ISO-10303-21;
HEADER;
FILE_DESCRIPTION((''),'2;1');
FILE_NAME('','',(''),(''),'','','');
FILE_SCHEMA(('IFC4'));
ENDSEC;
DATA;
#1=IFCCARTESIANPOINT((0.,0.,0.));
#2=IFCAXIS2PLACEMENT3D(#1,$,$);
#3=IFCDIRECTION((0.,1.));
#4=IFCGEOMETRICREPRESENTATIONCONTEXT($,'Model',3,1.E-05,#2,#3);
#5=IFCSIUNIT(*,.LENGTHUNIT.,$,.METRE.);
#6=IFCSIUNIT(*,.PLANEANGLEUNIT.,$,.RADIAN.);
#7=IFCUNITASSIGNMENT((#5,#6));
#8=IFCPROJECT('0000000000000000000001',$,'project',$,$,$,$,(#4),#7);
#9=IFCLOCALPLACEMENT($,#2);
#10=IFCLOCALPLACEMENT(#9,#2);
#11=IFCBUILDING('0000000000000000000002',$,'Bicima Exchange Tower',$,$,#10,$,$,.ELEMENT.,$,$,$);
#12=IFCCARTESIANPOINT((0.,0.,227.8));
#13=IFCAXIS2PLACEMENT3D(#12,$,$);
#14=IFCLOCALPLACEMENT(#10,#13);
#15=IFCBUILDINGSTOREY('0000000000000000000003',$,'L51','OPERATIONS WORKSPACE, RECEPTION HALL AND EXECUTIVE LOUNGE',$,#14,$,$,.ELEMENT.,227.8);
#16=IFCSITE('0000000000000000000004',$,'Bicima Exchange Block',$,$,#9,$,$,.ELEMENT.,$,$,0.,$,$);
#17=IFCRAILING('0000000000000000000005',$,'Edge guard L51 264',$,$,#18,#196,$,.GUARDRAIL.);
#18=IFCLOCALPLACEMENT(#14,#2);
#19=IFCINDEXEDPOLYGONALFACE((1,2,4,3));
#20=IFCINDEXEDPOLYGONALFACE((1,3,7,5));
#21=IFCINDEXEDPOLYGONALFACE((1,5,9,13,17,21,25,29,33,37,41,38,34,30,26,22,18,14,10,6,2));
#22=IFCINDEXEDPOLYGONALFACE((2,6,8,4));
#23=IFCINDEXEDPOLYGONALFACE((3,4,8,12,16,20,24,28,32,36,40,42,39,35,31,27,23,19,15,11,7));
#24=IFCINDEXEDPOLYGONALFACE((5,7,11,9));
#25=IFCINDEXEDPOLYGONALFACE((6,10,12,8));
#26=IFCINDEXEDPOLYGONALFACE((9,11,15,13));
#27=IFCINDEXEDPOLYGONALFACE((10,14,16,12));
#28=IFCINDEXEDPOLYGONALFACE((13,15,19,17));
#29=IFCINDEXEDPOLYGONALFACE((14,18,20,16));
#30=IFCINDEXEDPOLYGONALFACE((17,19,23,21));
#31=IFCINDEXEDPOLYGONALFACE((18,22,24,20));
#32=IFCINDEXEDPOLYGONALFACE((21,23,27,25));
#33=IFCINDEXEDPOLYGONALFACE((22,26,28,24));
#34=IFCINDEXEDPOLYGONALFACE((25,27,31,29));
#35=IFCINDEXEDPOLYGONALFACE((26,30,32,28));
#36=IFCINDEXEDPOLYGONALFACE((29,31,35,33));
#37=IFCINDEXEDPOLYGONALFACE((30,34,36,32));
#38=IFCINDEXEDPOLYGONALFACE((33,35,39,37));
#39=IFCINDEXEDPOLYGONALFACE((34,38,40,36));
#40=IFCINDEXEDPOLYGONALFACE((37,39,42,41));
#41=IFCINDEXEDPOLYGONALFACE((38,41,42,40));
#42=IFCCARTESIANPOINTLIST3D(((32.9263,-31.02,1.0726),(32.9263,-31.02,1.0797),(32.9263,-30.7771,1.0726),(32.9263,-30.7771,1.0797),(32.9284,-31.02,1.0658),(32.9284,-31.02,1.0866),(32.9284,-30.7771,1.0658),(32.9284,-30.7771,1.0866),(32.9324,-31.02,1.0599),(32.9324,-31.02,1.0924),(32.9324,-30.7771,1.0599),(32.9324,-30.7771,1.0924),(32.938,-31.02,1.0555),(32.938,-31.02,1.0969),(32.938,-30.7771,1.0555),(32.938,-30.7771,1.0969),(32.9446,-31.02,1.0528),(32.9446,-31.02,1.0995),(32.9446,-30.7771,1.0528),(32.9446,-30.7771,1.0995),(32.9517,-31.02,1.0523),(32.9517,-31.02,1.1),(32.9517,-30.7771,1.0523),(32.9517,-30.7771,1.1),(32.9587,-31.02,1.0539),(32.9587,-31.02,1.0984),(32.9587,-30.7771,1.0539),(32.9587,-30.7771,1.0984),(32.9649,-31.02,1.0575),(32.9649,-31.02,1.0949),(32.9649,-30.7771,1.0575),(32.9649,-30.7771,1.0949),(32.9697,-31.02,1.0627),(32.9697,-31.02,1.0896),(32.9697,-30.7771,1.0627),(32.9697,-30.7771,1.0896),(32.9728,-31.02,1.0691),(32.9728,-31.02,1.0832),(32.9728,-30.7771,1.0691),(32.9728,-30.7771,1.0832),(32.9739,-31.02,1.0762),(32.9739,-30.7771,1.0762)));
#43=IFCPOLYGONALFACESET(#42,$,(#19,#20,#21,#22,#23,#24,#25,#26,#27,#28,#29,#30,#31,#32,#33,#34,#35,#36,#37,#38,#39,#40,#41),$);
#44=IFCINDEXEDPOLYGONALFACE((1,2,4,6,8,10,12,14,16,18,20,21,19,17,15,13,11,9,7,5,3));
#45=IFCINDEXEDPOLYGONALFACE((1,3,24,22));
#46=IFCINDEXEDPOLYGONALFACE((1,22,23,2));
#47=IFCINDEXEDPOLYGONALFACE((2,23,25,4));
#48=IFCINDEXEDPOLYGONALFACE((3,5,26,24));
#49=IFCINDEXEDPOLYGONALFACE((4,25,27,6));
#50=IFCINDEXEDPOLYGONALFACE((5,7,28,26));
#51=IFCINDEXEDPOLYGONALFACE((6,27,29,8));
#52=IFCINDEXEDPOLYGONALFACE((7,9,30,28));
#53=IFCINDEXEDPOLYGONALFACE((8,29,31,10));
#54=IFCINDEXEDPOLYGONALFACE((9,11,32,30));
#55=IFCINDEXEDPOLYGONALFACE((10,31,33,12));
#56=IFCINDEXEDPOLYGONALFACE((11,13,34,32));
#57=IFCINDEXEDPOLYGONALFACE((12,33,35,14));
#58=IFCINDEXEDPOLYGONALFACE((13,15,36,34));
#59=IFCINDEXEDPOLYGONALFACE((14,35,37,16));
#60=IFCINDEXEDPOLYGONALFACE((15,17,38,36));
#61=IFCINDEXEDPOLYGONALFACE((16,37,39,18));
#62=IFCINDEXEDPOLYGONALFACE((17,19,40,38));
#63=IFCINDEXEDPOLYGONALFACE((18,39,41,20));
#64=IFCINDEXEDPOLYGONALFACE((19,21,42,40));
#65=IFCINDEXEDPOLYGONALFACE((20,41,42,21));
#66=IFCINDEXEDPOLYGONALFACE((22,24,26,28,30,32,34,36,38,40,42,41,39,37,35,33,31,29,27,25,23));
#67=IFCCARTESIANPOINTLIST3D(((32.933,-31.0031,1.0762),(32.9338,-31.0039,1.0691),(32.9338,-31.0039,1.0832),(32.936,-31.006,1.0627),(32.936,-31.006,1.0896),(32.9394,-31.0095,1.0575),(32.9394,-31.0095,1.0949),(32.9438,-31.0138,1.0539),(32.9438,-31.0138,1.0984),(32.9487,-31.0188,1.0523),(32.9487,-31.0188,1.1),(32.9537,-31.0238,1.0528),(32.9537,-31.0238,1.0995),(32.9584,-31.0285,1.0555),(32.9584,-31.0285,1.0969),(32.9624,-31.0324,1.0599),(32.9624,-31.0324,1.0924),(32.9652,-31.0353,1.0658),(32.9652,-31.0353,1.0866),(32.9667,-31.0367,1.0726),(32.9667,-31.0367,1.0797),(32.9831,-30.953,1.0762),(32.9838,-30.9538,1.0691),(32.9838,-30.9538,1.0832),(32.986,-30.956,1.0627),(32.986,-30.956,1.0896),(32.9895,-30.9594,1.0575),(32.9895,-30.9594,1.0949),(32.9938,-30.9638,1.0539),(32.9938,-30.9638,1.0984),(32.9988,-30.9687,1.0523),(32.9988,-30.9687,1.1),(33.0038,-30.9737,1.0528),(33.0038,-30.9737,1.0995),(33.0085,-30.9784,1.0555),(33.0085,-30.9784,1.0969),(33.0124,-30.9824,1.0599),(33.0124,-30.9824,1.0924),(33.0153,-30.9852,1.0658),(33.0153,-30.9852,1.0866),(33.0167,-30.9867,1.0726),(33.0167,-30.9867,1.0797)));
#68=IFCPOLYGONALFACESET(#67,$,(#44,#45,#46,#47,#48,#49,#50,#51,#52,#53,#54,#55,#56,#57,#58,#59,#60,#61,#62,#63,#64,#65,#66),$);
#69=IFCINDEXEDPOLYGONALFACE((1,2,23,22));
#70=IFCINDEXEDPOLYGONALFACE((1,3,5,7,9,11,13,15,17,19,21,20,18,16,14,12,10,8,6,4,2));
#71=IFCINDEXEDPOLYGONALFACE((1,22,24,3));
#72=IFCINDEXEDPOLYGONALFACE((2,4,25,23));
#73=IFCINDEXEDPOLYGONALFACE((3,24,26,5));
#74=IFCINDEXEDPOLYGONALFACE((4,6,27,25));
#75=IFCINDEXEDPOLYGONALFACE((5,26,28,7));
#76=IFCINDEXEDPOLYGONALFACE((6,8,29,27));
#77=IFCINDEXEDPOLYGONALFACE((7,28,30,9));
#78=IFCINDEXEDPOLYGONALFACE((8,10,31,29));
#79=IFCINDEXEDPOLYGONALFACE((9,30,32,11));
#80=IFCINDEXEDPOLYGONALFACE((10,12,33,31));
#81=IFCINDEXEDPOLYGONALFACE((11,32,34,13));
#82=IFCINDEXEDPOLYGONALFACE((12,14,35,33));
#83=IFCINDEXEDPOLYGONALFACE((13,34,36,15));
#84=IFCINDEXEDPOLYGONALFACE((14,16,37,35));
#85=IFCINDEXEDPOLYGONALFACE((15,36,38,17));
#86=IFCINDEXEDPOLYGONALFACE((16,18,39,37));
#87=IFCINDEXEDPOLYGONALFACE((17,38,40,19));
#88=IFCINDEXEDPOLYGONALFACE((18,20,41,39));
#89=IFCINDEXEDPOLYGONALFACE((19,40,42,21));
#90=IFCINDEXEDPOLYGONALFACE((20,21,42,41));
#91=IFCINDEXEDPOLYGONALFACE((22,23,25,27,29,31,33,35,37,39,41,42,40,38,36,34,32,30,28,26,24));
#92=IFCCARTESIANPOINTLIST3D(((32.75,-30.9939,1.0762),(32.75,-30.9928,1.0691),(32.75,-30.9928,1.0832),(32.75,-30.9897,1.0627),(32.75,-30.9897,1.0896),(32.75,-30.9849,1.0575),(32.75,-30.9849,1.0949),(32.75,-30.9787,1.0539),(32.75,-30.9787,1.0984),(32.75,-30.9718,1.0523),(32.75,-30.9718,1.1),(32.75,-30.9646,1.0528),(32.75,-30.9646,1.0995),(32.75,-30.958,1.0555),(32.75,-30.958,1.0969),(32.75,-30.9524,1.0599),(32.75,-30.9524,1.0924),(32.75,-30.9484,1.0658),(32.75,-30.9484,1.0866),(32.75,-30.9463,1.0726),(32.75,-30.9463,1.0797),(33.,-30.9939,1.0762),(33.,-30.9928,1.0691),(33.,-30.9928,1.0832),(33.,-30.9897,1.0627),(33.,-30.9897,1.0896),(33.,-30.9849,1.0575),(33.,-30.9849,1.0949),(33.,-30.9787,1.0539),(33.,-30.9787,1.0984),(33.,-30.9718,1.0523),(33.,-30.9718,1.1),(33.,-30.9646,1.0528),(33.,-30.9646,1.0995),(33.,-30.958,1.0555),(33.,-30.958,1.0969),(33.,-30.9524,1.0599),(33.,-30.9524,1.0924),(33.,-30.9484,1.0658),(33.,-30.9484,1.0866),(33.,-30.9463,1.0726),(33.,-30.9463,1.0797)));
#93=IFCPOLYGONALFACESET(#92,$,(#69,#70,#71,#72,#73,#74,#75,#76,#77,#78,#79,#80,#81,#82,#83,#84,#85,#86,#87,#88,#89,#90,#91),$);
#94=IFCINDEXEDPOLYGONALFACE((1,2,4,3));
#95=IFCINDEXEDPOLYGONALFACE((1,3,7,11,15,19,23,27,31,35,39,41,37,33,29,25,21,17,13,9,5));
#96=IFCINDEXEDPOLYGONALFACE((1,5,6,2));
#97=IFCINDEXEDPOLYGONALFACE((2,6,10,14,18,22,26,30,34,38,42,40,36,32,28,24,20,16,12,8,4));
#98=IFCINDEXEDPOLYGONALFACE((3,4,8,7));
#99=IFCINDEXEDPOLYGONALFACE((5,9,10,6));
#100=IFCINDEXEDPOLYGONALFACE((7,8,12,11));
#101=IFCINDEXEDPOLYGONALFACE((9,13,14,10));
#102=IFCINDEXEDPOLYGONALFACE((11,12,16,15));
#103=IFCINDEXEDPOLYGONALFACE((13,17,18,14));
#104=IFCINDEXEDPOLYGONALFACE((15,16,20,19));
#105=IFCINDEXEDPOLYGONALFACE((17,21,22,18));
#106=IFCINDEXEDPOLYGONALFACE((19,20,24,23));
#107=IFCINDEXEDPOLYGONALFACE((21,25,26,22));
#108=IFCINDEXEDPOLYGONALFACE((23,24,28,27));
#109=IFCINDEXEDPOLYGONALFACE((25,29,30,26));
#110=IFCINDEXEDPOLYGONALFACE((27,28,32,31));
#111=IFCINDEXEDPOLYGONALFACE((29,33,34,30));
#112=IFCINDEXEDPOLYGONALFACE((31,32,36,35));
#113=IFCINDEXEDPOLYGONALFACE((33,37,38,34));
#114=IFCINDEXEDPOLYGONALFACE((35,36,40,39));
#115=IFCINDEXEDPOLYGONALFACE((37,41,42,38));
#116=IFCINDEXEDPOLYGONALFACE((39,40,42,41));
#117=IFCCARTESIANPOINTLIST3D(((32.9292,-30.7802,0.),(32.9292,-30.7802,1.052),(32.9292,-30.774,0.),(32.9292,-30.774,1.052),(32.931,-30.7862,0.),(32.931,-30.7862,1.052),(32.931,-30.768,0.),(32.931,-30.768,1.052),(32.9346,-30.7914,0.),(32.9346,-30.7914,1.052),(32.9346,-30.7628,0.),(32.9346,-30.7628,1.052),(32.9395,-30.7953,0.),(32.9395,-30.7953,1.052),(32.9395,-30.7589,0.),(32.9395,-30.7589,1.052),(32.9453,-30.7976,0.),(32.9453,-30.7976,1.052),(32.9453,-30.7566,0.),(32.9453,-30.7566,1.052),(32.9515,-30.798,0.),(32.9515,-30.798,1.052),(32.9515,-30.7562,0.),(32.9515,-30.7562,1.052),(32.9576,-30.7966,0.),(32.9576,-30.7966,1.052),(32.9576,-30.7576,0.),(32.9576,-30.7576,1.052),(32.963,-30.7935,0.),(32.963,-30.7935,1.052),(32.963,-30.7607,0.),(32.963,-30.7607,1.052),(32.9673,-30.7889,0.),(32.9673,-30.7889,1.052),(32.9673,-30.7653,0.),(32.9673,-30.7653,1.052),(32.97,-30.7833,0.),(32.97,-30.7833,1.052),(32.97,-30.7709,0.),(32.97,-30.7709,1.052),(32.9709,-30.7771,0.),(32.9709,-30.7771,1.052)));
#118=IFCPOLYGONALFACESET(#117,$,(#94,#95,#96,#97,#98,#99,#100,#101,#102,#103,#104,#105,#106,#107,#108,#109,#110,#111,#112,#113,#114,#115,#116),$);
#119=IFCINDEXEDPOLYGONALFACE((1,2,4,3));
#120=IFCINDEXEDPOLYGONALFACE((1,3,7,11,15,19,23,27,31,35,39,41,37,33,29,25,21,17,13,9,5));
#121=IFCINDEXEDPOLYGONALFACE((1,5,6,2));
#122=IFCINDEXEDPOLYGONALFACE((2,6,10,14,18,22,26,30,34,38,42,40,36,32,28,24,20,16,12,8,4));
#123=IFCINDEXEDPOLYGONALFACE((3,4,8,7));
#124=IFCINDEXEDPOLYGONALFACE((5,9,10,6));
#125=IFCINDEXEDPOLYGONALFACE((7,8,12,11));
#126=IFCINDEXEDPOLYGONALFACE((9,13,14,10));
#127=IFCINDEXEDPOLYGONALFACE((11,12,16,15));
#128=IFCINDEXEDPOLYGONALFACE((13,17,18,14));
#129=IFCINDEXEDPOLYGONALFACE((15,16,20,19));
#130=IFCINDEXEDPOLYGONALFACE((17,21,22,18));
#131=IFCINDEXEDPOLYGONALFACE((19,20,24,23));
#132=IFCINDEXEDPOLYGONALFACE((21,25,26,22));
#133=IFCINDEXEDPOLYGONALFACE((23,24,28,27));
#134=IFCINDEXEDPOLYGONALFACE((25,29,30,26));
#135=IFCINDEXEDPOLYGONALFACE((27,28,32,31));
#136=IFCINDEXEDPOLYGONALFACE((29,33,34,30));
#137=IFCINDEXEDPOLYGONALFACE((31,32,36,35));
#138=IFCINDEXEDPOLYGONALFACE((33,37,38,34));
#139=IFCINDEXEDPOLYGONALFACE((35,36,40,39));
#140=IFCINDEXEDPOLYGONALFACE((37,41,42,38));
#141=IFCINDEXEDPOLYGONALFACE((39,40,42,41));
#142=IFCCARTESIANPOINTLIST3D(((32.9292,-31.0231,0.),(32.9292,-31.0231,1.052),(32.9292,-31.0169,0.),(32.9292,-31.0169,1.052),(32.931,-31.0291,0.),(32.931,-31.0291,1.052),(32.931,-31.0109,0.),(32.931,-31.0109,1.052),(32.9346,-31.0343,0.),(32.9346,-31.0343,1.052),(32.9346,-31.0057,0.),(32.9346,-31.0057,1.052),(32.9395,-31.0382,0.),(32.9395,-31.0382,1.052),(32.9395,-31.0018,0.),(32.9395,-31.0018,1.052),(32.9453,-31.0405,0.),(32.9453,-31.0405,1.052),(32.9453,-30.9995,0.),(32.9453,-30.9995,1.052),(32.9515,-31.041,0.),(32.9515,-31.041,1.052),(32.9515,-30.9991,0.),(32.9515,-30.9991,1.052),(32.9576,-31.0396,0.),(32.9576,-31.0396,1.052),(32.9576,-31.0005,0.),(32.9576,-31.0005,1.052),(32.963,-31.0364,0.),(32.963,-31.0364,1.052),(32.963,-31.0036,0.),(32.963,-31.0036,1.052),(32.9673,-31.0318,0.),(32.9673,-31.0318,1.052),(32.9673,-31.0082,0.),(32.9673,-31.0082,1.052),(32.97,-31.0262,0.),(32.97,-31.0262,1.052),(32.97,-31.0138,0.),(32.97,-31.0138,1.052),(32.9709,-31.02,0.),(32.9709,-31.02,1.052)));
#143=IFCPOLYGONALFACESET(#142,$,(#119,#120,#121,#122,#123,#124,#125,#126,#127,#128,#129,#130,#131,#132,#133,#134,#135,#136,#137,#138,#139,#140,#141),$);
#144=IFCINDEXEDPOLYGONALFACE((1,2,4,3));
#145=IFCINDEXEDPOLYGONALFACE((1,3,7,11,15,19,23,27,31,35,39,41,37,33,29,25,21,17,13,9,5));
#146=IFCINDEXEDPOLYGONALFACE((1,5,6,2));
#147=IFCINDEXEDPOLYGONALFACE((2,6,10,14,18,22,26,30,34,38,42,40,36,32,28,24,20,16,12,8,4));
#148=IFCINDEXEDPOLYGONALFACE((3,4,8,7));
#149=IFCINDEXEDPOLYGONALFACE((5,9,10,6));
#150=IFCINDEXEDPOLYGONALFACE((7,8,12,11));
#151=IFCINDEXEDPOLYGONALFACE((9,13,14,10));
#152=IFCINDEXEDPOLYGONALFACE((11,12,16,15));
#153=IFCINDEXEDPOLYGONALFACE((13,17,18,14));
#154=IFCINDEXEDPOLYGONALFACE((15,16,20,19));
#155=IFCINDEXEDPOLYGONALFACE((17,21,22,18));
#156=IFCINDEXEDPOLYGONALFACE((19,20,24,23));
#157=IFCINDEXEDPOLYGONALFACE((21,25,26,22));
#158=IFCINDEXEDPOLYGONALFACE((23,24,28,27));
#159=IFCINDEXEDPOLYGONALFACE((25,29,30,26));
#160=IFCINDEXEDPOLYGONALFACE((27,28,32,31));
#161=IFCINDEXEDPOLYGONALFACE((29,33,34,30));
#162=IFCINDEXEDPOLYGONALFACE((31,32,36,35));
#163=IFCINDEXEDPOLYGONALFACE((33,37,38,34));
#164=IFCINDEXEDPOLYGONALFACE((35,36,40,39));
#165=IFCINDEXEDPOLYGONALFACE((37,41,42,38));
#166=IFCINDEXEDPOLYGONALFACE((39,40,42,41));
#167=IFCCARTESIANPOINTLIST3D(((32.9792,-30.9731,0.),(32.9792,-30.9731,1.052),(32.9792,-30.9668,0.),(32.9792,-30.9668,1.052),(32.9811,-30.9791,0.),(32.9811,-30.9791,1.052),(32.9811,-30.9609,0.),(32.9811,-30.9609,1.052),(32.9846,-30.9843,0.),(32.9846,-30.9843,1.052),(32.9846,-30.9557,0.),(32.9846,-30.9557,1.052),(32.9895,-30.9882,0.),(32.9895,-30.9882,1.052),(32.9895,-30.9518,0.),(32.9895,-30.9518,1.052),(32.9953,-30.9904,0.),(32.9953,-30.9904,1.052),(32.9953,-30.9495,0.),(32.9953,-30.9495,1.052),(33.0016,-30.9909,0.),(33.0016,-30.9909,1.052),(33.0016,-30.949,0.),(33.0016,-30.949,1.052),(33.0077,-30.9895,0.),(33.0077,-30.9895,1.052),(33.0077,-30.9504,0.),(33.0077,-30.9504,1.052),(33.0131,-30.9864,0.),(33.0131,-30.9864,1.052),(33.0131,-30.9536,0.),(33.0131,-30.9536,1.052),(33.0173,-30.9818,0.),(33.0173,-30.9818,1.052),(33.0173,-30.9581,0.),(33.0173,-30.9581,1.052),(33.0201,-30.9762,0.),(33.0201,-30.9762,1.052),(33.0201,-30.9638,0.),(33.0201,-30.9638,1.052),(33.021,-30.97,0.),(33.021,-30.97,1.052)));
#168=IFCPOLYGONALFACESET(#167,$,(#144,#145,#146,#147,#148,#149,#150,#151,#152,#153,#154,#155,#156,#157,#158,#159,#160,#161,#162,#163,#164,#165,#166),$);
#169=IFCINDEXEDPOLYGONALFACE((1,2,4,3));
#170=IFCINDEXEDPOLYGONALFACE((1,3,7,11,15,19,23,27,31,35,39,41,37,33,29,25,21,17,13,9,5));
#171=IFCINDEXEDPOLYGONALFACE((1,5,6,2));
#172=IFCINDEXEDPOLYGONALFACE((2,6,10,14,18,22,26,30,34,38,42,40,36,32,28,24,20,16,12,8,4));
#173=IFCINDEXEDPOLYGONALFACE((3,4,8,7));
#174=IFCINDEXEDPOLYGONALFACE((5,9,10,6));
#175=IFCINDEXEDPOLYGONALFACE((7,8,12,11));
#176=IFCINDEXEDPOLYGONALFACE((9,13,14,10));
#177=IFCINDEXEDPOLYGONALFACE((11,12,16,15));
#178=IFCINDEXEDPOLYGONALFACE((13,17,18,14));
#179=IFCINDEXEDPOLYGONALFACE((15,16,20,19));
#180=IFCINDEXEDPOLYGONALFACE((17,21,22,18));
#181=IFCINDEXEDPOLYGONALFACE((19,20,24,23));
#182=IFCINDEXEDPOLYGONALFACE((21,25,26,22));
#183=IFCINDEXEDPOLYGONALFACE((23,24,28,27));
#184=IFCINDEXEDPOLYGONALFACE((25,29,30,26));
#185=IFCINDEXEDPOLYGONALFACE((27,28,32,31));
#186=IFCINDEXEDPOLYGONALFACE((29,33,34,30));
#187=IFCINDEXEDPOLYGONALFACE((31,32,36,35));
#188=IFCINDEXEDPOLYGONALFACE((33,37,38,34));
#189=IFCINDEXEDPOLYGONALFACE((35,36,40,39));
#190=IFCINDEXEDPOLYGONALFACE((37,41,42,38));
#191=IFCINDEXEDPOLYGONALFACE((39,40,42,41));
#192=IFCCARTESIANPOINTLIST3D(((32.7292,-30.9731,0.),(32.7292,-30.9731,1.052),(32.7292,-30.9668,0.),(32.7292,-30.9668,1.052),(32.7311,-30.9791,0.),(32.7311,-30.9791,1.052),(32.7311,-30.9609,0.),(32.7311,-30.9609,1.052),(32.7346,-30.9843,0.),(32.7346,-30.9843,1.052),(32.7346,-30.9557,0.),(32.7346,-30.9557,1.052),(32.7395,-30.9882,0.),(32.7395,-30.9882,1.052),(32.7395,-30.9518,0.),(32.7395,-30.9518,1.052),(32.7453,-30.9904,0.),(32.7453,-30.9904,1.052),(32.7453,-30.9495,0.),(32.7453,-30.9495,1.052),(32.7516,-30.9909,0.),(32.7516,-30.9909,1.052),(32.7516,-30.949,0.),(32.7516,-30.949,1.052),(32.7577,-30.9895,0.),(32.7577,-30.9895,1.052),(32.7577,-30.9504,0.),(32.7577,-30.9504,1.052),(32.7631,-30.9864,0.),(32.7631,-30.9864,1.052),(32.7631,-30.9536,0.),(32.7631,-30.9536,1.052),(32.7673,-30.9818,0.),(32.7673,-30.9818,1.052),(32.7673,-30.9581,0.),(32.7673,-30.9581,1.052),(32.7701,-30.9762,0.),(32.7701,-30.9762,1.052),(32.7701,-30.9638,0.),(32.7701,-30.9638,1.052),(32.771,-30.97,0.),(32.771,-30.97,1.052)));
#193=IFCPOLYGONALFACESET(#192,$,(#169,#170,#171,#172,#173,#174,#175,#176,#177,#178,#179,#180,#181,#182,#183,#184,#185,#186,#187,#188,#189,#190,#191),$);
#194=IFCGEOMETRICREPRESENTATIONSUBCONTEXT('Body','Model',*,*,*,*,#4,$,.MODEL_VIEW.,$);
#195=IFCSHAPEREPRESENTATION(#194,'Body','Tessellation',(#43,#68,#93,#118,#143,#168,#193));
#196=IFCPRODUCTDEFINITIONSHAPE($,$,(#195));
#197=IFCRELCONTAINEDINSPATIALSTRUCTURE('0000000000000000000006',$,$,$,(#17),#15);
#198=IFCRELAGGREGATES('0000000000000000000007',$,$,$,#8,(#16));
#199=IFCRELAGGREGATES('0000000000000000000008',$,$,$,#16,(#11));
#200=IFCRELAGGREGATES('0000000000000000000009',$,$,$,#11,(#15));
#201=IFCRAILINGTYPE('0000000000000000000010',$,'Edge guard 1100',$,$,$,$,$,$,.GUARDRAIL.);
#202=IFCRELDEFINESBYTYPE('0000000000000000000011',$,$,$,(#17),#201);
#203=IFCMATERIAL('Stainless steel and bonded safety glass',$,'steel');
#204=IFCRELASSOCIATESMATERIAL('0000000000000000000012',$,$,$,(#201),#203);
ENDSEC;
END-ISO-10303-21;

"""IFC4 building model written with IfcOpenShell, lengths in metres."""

from ifc_helpers import new_model, si_unit, direction, frame, origin, origin_2d, place, context, subcontext, project, spatial, circle, extrude, material, type_object, element, save


model = new_model("IFC4")

# Units and contexts
model_context = context("Model", 3, precision=1e-05, world=origin(), true_north=direction((0.0, 1.0)))
body_context = subcontext(model_context, "Body", "Model", "MODEL_VIEW")
ifc_project = project(units=[si_unit("LENGTHUNIT", "METRE"), si_unit("PLANEANGLEUNIT", "RADIAN")], contexts=[model_context])

# Site, building, storey
site_placement = place(None, origin())
site = spatial("IfcSite", under=ifc_project, at=site_placement, Name="Bicima Exchange Block", CompositionType="ELEMENT", RefElevation=0.0)
building_placement = place(site_placement, origin())
building = spatial("IfcBuilding", under=site, at=building_placement, Name="Bicima Exchange Tower", CompositionType="ELEMENT")
storey_placement = place(building_placement, frame((0.0, 0.0, 227.8)))
storey = spatial("IfcBuildingStorey", under=building, at=storey_placement, Name="L51", Description="OPERATIONS WORKSPACE, RECEPTION HALL AND EXECUTIVE LOUNGE", CompositionType="ELEMENT", Elevation=227.8)

# Railing
ifc_material_1 = material(Name="Stainless steel and bonded safety glass", Category="steel")
railing_type = type_object("IfcRailingType", Name="Edge guard 1100", PredefinedType="GUARDRAIL", material=ifc_material_1)
railing_1_placement = place(storey_placement, frame((32.95, -30.7771, 0.0)))
element("IfcRailing", 1, at=railing_1_placement, inside=storey, type_object=railing_type, Name="Edge guard L51 264", PredefinedType="GUARDRAIL", context=body_context, shape_type="SweptSolid", body=[
    extrude(circle(Radius=0.0239, at=origin_2d()), frame((0.0, 0.0, 1.0762), z_axis=(0.0, -1.0, 0.0), x_axis=(1.0, 0.0, 0.0)), (0.0, 0.0, 1.0), 0.2429),
    extrude(circle(Radius=0.0239, at=origin_2d()), frame((0.0, -0.2429, 1.0762), z_axis=(0.707107, 0.707107, 0.0), x_axis=(-0.707107, 0.707107, 0.0)), (0.0, 0.0, 1.0), 0.0708),
    extrude(circle(Radius=0.0239, at=origin_2d()), frame((0.05, -0.1929, 1.0762), z_axis=(-1.0, 0.0, 0.0), x_axis=(0.0, -1.0, 0.0)), (0.0, 0.0, 1.0), 0.25),
    extrude(circle(Radius=0.021, at=origin_2d()), origin(), (0.0, 0.0, 1.0), 1.052),
    extrude(circle(Radius=0.021, at=origin_2d()), frame((0.0, -0.2429, 0.0)), (0.0, 0.0, 1.0), 1.052),
    extrude(circle(Radius=0.021, at=origin_2d()), frame((0.05, -0.1929, 0.0)), (0.0, 0.0, 1.0), 1.052),
    extrude(circle(Radius=0.021, at=origin_2d()), frame((-0.2, -0.1929, 0.0)), (0.0, 0.0, 1.0), 1.052),
])

save(model, "model.ifc")
